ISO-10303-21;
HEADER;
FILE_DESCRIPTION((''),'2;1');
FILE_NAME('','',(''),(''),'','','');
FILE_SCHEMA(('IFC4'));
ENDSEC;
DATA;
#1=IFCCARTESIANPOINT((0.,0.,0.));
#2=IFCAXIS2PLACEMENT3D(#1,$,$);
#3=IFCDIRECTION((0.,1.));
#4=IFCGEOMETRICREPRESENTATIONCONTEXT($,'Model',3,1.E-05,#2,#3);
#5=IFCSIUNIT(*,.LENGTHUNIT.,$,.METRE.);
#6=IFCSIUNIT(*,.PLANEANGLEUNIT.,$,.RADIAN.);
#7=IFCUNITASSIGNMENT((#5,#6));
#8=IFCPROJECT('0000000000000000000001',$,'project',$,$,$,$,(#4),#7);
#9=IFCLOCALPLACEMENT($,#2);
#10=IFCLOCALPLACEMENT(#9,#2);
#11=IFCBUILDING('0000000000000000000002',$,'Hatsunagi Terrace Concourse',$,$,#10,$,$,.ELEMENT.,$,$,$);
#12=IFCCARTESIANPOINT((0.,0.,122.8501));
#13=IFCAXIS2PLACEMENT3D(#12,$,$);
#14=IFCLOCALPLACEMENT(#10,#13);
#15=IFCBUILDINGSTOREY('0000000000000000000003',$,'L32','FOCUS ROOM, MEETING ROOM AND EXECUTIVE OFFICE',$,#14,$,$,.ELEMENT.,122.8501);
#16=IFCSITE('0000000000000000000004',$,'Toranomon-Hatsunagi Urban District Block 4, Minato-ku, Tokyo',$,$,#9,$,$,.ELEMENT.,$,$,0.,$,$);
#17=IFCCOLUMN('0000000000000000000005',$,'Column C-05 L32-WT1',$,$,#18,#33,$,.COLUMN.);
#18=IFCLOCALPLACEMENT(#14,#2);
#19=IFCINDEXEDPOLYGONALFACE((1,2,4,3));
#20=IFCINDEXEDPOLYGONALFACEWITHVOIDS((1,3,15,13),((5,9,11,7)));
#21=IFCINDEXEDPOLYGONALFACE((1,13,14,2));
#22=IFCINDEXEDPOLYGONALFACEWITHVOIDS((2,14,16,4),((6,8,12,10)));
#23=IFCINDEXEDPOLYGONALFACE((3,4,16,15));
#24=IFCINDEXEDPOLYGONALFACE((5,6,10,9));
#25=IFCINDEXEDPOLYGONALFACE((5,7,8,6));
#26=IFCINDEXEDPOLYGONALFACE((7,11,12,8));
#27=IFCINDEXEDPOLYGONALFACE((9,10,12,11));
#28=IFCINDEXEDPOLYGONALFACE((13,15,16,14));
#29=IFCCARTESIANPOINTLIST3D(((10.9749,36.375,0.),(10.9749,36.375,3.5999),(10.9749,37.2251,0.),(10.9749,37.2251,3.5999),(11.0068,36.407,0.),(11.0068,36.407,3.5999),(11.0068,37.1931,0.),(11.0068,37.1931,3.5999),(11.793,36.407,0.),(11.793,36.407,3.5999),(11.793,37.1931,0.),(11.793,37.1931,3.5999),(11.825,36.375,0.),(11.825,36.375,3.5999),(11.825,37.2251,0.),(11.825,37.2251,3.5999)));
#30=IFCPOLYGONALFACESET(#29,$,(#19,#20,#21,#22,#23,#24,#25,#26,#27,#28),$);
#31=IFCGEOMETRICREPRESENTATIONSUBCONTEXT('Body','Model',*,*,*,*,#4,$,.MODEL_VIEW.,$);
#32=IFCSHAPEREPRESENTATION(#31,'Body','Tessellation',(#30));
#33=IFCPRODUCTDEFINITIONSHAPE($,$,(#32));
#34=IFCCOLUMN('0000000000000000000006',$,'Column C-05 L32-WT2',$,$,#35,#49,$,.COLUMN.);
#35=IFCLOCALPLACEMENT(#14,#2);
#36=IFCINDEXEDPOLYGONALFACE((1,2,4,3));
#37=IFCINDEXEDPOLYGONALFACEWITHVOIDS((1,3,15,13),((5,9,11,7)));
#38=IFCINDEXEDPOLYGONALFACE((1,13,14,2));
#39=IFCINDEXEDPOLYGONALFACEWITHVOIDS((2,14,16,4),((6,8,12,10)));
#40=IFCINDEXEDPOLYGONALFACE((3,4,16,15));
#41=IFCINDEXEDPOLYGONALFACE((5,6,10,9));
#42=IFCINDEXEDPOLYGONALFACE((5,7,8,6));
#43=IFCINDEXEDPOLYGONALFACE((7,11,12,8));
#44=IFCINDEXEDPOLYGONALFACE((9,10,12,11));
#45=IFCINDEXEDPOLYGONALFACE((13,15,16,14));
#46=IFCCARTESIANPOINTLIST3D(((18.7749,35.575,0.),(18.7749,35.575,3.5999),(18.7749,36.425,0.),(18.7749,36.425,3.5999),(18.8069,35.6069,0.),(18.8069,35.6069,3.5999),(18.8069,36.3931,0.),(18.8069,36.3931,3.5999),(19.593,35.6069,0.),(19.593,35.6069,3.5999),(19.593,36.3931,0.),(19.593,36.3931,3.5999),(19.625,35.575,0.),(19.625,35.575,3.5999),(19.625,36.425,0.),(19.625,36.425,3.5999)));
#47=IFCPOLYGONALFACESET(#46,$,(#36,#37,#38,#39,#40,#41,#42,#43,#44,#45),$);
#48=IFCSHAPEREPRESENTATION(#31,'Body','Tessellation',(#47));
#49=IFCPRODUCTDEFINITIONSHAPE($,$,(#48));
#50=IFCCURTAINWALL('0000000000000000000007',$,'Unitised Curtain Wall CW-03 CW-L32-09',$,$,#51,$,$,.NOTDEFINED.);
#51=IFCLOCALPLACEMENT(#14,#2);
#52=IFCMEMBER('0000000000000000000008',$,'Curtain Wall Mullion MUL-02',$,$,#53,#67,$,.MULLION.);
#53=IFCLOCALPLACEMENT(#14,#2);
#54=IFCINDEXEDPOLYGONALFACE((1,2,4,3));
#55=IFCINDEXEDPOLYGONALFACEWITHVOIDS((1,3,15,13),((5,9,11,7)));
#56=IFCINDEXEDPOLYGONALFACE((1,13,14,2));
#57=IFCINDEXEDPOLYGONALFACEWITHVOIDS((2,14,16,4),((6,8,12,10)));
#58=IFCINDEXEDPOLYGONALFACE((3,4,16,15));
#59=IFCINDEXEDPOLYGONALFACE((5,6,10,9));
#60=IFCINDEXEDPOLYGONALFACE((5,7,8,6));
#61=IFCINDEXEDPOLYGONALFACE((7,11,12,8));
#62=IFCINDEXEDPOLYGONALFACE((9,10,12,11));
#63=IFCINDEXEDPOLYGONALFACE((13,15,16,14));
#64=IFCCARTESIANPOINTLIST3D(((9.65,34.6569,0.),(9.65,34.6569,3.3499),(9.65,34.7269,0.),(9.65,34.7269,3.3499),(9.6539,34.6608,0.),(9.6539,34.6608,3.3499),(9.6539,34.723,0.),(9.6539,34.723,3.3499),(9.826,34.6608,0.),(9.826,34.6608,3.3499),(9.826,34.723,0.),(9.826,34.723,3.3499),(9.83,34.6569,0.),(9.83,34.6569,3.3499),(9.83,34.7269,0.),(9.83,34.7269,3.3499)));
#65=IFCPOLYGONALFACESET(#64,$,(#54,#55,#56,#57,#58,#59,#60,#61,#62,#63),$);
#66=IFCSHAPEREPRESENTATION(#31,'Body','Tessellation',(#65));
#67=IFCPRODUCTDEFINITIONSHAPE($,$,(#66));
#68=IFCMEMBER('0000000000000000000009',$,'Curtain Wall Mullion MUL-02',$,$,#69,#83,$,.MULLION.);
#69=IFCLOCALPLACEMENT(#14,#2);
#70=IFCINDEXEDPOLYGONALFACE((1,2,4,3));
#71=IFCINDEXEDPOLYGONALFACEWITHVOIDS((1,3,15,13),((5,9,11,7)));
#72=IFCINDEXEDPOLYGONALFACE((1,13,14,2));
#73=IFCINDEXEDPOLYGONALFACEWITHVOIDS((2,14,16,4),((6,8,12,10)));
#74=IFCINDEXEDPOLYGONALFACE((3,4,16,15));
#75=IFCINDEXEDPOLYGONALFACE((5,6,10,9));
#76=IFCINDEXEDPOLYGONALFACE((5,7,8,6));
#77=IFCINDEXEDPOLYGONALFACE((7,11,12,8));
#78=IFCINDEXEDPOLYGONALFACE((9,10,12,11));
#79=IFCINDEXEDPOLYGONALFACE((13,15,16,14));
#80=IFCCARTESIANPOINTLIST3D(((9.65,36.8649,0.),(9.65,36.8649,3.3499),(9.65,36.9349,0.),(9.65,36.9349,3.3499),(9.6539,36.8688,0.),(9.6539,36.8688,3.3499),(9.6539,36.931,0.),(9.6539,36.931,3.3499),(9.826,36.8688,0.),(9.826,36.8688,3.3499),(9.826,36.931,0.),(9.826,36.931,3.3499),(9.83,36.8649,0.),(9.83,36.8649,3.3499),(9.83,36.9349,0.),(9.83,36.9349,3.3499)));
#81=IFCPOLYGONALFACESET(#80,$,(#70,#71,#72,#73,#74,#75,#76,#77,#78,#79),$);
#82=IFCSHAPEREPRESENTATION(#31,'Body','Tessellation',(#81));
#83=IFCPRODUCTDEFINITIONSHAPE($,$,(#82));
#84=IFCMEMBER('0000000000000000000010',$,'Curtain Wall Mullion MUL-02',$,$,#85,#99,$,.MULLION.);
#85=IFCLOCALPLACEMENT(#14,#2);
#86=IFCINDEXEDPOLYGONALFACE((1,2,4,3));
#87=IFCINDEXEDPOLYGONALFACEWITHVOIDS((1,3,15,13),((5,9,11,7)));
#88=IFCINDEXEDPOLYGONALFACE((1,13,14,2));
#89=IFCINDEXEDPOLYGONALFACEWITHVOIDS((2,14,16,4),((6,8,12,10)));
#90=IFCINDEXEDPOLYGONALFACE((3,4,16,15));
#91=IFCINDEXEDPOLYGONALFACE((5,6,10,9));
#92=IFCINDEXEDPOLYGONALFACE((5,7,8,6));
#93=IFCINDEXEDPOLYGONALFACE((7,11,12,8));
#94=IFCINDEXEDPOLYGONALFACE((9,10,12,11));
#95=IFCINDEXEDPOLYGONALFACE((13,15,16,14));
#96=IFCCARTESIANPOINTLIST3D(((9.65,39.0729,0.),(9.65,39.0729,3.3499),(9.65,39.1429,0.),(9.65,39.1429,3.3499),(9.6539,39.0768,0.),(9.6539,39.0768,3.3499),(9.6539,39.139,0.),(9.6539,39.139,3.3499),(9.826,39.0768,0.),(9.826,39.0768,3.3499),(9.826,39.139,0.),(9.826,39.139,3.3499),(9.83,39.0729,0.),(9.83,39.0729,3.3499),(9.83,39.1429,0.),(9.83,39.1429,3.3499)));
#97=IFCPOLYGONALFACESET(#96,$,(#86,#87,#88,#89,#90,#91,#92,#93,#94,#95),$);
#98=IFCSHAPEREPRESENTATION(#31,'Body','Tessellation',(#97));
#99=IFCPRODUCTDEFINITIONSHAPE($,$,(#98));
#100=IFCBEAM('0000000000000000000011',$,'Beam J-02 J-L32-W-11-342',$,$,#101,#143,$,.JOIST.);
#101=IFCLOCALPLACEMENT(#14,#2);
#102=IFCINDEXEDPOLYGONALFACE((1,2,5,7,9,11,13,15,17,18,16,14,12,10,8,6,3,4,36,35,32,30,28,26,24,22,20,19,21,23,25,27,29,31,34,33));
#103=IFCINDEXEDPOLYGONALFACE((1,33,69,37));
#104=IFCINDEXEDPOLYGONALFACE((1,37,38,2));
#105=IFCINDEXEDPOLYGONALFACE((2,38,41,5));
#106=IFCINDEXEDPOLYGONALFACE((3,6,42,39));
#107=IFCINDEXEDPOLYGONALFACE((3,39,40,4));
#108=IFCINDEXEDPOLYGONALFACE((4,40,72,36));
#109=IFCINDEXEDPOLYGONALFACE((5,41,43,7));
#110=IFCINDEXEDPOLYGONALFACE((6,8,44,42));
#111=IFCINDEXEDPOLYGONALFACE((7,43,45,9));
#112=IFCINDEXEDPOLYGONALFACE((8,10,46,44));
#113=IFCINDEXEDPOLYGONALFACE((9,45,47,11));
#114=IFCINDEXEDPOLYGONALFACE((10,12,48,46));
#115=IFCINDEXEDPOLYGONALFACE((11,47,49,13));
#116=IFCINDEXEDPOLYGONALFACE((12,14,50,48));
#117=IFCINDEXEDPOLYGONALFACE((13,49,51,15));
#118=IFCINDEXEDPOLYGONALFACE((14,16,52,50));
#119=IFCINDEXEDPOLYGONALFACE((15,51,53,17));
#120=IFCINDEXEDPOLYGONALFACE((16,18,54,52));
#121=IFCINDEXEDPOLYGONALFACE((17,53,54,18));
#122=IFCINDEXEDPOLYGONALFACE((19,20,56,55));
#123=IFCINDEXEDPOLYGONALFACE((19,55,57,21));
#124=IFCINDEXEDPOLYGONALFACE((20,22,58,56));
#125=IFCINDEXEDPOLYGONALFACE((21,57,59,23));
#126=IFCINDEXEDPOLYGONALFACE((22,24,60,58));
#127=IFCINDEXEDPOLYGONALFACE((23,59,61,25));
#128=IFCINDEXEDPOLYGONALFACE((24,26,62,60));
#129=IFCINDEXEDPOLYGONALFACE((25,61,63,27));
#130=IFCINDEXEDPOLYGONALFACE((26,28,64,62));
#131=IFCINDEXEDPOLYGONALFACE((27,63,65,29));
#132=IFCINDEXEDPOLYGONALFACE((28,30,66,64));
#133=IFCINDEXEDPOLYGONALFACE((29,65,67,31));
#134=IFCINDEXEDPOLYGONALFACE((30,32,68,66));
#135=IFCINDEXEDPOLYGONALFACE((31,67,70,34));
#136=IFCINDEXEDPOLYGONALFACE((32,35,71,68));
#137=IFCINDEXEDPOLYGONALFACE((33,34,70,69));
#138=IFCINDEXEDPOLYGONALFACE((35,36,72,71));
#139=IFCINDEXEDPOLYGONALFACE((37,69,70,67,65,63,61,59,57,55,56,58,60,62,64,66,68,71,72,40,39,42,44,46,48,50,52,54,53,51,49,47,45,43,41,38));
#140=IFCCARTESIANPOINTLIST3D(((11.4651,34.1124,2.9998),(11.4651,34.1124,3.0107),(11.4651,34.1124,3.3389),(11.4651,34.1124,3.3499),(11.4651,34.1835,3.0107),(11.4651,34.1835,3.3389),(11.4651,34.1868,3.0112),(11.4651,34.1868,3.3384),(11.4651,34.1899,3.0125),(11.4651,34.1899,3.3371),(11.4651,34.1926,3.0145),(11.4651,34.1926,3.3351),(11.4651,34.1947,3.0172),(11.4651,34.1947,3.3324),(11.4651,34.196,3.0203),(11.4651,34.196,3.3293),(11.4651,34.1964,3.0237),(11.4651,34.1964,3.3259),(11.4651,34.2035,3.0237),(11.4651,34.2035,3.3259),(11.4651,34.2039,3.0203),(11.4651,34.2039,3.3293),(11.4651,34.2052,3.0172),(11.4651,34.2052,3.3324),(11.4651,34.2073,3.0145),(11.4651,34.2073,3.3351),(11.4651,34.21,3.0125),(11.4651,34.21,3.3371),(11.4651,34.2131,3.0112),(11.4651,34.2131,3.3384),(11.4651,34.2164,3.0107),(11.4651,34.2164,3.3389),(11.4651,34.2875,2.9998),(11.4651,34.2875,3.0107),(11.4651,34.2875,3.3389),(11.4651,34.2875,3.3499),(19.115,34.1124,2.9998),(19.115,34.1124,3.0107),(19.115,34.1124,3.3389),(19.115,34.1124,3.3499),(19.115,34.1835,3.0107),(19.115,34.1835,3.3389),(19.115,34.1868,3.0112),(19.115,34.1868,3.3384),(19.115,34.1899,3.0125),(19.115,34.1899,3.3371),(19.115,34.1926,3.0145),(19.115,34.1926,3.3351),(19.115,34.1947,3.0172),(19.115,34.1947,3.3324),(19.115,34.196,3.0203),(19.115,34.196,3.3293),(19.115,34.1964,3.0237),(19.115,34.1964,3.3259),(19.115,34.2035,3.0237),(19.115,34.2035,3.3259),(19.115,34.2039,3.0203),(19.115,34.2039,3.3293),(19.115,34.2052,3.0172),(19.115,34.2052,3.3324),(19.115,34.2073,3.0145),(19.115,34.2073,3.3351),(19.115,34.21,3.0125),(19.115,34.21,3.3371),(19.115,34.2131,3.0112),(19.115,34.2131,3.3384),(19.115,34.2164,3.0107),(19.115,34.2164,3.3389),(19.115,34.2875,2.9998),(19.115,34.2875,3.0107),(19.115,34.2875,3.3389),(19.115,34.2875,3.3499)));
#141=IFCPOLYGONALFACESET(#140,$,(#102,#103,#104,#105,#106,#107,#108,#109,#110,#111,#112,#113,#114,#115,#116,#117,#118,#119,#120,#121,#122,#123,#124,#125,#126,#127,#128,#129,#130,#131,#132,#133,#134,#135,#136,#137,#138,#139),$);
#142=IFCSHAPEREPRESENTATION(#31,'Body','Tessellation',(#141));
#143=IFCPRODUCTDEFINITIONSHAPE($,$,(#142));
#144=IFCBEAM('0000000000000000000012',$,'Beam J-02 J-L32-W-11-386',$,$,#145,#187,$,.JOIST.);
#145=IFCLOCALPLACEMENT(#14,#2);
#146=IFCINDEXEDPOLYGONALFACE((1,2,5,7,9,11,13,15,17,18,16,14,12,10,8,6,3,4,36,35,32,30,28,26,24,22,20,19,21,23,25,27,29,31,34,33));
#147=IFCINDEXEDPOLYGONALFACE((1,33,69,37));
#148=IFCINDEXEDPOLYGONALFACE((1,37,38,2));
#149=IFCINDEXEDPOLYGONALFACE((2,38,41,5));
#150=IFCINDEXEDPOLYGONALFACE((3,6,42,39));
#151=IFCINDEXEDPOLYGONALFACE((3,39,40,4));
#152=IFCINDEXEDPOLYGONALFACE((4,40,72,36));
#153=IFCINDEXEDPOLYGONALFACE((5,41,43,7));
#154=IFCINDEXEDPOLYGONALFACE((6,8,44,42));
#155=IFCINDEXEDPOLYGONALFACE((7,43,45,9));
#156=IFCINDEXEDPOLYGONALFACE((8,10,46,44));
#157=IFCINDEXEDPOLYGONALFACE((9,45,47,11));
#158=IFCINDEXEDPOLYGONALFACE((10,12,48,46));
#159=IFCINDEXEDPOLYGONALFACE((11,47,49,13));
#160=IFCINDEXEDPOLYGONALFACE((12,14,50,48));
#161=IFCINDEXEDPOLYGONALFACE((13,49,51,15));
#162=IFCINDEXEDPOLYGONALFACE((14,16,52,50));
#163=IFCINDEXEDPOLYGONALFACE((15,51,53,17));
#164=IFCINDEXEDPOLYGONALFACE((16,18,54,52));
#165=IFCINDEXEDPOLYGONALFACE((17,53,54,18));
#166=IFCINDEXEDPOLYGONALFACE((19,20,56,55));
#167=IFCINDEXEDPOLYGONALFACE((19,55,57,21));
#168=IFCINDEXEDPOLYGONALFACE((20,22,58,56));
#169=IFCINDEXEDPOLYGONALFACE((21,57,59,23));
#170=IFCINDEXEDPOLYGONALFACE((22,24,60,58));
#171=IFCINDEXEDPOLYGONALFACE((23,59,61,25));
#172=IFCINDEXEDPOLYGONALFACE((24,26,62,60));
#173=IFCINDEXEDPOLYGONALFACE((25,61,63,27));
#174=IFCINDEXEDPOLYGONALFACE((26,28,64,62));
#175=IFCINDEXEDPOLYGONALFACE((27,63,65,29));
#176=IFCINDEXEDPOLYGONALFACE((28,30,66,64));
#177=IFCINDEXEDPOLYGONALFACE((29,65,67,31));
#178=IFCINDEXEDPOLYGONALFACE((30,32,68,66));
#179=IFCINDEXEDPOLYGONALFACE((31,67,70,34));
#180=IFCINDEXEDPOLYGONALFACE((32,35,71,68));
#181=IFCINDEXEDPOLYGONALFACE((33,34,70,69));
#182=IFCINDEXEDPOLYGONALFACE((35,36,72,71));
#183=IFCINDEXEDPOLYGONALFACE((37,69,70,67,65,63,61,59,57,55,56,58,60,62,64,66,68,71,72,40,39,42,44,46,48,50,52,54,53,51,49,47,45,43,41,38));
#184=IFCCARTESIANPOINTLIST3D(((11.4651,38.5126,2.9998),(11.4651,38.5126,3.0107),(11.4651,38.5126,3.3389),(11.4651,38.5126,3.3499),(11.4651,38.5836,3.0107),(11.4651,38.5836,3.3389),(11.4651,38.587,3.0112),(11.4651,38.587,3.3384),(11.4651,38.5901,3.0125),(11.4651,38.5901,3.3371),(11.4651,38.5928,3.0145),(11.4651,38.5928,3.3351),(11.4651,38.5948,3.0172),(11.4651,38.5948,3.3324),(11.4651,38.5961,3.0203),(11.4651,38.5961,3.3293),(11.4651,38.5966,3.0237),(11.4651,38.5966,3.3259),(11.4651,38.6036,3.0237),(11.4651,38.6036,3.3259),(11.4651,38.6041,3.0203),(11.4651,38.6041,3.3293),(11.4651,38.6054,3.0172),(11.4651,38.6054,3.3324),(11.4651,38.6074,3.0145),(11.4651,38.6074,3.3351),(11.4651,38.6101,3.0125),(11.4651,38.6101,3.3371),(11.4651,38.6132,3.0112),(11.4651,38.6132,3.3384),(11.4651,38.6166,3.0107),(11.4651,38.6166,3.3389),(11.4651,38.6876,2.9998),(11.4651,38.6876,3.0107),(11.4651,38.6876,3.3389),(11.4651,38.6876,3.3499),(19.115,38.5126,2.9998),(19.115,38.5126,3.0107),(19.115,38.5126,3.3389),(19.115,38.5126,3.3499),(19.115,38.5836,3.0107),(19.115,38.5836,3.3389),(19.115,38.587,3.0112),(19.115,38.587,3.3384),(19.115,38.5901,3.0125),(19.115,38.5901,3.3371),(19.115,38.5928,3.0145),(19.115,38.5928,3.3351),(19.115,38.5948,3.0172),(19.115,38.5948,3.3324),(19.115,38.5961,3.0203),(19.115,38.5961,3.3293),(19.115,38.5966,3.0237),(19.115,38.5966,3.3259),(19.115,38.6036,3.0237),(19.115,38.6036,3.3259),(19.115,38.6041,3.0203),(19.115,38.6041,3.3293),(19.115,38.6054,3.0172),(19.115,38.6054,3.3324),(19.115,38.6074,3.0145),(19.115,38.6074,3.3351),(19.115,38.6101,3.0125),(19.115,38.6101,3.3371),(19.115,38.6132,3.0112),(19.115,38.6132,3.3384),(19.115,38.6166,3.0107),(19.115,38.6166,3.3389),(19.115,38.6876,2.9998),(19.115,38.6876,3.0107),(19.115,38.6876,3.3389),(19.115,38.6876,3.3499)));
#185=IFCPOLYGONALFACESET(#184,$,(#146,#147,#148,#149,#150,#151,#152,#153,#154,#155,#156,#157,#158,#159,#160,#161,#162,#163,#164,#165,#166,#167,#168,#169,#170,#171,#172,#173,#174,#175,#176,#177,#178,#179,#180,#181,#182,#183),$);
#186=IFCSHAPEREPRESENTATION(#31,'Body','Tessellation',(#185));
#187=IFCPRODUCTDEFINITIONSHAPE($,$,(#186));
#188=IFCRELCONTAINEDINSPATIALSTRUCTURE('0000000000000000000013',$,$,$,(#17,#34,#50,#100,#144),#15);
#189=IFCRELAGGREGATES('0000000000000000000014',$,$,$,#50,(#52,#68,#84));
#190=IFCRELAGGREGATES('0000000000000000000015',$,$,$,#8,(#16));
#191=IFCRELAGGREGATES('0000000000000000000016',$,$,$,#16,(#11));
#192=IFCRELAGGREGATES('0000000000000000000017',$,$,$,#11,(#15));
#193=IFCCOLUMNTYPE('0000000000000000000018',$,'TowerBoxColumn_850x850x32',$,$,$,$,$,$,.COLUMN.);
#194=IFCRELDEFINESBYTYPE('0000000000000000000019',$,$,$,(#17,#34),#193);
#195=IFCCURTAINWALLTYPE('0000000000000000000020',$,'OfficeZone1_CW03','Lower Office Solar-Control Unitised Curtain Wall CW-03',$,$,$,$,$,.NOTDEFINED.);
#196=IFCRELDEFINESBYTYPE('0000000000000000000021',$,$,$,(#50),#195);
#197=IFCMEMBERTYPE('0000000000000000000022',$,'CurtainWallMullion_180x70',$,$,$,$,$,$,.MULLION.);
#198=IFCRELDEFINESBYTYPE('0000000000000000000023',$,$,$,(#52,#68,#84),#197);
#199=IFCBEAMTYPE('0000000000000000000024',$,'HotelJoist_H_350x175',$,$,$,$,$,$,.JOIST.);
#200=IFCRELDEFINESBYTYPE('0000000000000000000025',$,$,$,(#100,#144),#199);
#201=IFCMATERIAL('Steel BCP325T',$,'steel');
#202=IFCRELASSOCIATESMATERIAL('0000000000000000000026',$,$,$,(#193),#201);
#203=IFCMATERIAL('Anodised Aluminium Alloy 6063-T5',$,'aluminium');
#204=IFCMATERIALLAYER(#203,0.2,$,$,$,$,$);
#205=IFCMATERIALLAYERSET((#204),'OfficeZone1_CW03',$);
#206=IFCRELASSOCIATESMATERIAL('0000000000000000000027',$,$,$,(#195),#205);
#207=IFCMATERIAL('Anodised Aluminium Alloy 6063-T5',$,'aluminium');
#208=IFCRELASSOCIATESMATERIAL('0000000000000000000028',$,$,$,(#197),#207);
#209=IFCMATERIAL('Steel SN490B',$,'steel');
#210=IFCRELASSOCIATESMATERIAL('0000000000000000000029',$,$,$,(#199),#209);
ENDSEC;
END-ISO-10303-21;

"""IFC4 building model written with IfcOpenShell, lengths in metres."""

from ifc_helpers import new_model, si_unit, direction, frame, origin, origin_2d, place, context, subcontext, project, spatial, hollow_rectangle, i_section, extrude, material, layer, layer_set, material_profile, profile_set, type_object, element, aggregate, save


model = new_model("IFC4")

# Units and contexts
model_context = context("Model", 3, precision=1e-05, world=origin(), true_north=direction((0.0, 1.0)))
body_context = subcontext(model_context, "Body", "Model", "MODEL_VIEW")
ifc_project = project(units=[si_unit("LENGTHUNIT", "METRE"), si_unit("PLANEANGLEUNIT", "RADIAN")], contexts=[model_context])

# Site, building, storey
site_placement = place(None, origin())
site = spatial("IfcSite", under=ifc_project, at=site_placement, Name="Toranomon-Hatsunagi Urban District Block 4, Minato-ku, Tokyo", CompositionType="ELEMENT", RefElevation=0.0)
building_placement = place(site_placement, origin())
building = spatial("IfcBuilding", under=site, at=building_placement, Name="Hatsunagi Terrace Concourse", CompositionType="ELEMENT")
storey_placement = place(building_placement, frame((0.0, 0.0, 122.8501)))
storey = spatial("IfcBuildingStorey", under=building, at=storey_placement, Name="L32", Description="FOCUS ROOM, MEETING ROOM AND EXECUTIVE OFFICE", CompositionType="ELEMENT", Elevation=122.8501)

# Columns
ifc_material_1 = material(Name="Steel BCP325T", Category="steel")
ifc_material_profile_1 = material_profile(ifc_material_1, hollow_rectangle(XDim=0.8501, YDim=0.8501, WallThickness=0.032, at=origin_2d()), Name="BCP-850x850x32")
ifc_profile_set_1 = profile_set([ifc_material_profile_1], Name="Steel BCP325T")
column_type = type_object("IfcColumnType", Name="TowerBoxColumn_850x850x32", PredefinedType="COLUMN", material=ifc_profile_set_1)
for number, where, z_axis, x_axis, name in (
    (1, (11.3999, 36.8, 0.0), (0.0, 0.0, 1.0), (1.0, 0.0, 0.0), "Column C-05 L32-WT1"),
    (2, (19.2, 36.0, 0.0), (0.0, 0.0, 1.0), (1.0, 0.0, 0.0), "Column C-05 L32-WT2"),
):
    element("IfcColumn", number, at=place(storey_placement, frame(where, z_axis=z_axis, x_axis=x_axis)), inside=storey, type_object=column_type, Name=name, PredefinedType="COLUMN", context=body_context, shape_type="SweptSolid", body=[
        extrude(hollow_rectangle(XDim=0.8501, YDim=0.8501, WallThickness=0.032, at=origin_2d()), origin(), (0.0, 0.0, 1.0), 3.5999),
    ])

# Curtain wall, members
ifc_material_2 = material(Name="Anodised Aluminium Alloy 6063-T5", Category="aluminium")
ifc_layer_1 = layer(ifc_material_2, 0.2)
ifc_layer_set_1 = layer_set([ifc_layer_1], Name="OfficeZone1_CW03")
curtain_wall_type = type_object("IfcCurtainWallType", Name="OfficeZone1_CW03", Description="Lower Office Solar-Control Unitised Curtain Wall CW-03", PredefinedType="NOTDEFINED", material=ifc_layer_set_1)
curtain_wall_placement = place(storey_placement, origin())
curtain_wall = element("IfcCurtainWall", 3, at=curtain_wall_placement, inside=storey, type_object=curtain_wall_type, Name="Unitised Curtain Wall CW-03 CW-L32-09", PredefinedType="NOTDEFINED")
ifc_material_3 = material(Name="Anodised Aluminium Alloy 6063-T5", Category="aluminium")
ifc_material_profile_2 = material_profile(ifc_material_3, hollow_rectangle(XDim=0.0701, YDim=0.1799, WallThickness=0.0039, at=origin_2d()), Name="ALU-MUL-180x70x4")
ifc_profile_set_2 = profile_set([ifc_material_profile_2], Name="Anodised Aluminium Alloy 6063-T5")
member_type = type_object("IfcMemberType", Name="CurtainWallMullion_180x70", PredefinedType="MULLION", material=ifc_profile_set_2)
member_1_placement = place(storey_placement, frame((9.74, 34.6919, 0.0), z_axis=(0.0, 0.0, 1.0), x_axis=(0.0, 1.0, 0.0)))
member_1 = element("IfcMember", 4, at=member_1_placement, type_object=member_type, Name="Curtain Wall Mullion MUL-02", PredefinedType="MULLION", context=body_context, shape_type="SweptSolid", body=[
    extrude(hollow_rectangle(XDim=0.0701, YDim=0.1799, WallThickness=0.0039, at=origin_2d()), origin(), (0.0, 0.0, 1.0), 3.3499),
])
member_2_placement = place(storey_placement, frame((9.74, 36.8999, 0.0), z_axis=(0.0, 0.0, 1.0), x_axis=(0.0, 1.0, 0.0)))
member_2 = element("IfcMember", 5, at=member_2_placement, type_object=member_type, Name="Curtain Wall Mullion MUL-02", PredefinedType="MULLION", context=body_context, shape_type="SweptSolid", body=[
    extrude(hollow_rectangle(XDim=0.0701, YDim=0.1799, WallThickness=0.0039, at=origin_2d()), origin(), (0.0, 0.0, 1.0), 3.3499),
])
member_3_placement = place(storey_placement, frame((9.74, 39.1079, 0.0), z_axis=(0.0, 0.0, 1.0), x_axis=(0.0, 1.0, 0.0)))
member_3 = element("IfcMember", 6, at=member_3_placement, type_object=member_type, Name="Curtain Wall Mullion MUL-02", PredefinedType="MULLION", context=body_context, shape_type="SweptSolid", body=[
    extrude(hollow_rectangle(XDim=0.0701, YDim=0.1799, WallThickness=0.0039, at=origin_2d()), origin(), (0.0, 0.0, 1.0), 3.3499),
])

# Beams
ifc_material_4 = material(Name="Steel SN490B", Category="steel")
ifc_material_profile_3 = material_profile(ifc_material_4, i_section(OverallWidth=0.175, OverallDepth=0.3501, WebThickness=0.0071, FlangeThickness=0.011, FilletRadius=0.0129, at=origin_2d()), Name="H-350x175x7x11")
ifc_profile_set_3 = profile_set([ifc_material_profile_3], Name="Steel SN490B")
beam_type_1 = type_object("IfcBeamType", Name="HotelJoist_H_350x175", PredefinedType="JOIST", material=ifc_profile_set_3)
for number, where, z_axis, x_axis, name in (
    (7, (11.4651, 34.2, 3.1748), (1.0, 0.0, 0.0), (0.0, 1.0, 0.0), "Beam J-02 J-L32-W-11-342"),
    (8, (11.4651, 38.6001, 3.1748), (1.0, 0.0, 0.0), (0.0, 1.0, 0.0), "Beam J-02 J-L32-W-11-386"),
):
    element("IfcBeam", number, at=place(storey_placement, frame(where, z_axis=z_axis, x_axis=x_axis)), inside=storey, type_object=beam_type_1, Name=name, PredefinedType="JOIST", context=body_context, shape_type="SweptSolid", body=[
        extrude(i_section(OverallWidth=0.175, OverallDepth=0.3501, WebThickness=0.0071, FlangeThickness=0.011, FilletRadius=0.0129, at=origin_2d()), origin(), (0.0, 0.0, 1.0), 7.6499),
    ])

aggregate(curtain_wall, [member_1, member_2, member_3])

save(model, "model.ifc")
